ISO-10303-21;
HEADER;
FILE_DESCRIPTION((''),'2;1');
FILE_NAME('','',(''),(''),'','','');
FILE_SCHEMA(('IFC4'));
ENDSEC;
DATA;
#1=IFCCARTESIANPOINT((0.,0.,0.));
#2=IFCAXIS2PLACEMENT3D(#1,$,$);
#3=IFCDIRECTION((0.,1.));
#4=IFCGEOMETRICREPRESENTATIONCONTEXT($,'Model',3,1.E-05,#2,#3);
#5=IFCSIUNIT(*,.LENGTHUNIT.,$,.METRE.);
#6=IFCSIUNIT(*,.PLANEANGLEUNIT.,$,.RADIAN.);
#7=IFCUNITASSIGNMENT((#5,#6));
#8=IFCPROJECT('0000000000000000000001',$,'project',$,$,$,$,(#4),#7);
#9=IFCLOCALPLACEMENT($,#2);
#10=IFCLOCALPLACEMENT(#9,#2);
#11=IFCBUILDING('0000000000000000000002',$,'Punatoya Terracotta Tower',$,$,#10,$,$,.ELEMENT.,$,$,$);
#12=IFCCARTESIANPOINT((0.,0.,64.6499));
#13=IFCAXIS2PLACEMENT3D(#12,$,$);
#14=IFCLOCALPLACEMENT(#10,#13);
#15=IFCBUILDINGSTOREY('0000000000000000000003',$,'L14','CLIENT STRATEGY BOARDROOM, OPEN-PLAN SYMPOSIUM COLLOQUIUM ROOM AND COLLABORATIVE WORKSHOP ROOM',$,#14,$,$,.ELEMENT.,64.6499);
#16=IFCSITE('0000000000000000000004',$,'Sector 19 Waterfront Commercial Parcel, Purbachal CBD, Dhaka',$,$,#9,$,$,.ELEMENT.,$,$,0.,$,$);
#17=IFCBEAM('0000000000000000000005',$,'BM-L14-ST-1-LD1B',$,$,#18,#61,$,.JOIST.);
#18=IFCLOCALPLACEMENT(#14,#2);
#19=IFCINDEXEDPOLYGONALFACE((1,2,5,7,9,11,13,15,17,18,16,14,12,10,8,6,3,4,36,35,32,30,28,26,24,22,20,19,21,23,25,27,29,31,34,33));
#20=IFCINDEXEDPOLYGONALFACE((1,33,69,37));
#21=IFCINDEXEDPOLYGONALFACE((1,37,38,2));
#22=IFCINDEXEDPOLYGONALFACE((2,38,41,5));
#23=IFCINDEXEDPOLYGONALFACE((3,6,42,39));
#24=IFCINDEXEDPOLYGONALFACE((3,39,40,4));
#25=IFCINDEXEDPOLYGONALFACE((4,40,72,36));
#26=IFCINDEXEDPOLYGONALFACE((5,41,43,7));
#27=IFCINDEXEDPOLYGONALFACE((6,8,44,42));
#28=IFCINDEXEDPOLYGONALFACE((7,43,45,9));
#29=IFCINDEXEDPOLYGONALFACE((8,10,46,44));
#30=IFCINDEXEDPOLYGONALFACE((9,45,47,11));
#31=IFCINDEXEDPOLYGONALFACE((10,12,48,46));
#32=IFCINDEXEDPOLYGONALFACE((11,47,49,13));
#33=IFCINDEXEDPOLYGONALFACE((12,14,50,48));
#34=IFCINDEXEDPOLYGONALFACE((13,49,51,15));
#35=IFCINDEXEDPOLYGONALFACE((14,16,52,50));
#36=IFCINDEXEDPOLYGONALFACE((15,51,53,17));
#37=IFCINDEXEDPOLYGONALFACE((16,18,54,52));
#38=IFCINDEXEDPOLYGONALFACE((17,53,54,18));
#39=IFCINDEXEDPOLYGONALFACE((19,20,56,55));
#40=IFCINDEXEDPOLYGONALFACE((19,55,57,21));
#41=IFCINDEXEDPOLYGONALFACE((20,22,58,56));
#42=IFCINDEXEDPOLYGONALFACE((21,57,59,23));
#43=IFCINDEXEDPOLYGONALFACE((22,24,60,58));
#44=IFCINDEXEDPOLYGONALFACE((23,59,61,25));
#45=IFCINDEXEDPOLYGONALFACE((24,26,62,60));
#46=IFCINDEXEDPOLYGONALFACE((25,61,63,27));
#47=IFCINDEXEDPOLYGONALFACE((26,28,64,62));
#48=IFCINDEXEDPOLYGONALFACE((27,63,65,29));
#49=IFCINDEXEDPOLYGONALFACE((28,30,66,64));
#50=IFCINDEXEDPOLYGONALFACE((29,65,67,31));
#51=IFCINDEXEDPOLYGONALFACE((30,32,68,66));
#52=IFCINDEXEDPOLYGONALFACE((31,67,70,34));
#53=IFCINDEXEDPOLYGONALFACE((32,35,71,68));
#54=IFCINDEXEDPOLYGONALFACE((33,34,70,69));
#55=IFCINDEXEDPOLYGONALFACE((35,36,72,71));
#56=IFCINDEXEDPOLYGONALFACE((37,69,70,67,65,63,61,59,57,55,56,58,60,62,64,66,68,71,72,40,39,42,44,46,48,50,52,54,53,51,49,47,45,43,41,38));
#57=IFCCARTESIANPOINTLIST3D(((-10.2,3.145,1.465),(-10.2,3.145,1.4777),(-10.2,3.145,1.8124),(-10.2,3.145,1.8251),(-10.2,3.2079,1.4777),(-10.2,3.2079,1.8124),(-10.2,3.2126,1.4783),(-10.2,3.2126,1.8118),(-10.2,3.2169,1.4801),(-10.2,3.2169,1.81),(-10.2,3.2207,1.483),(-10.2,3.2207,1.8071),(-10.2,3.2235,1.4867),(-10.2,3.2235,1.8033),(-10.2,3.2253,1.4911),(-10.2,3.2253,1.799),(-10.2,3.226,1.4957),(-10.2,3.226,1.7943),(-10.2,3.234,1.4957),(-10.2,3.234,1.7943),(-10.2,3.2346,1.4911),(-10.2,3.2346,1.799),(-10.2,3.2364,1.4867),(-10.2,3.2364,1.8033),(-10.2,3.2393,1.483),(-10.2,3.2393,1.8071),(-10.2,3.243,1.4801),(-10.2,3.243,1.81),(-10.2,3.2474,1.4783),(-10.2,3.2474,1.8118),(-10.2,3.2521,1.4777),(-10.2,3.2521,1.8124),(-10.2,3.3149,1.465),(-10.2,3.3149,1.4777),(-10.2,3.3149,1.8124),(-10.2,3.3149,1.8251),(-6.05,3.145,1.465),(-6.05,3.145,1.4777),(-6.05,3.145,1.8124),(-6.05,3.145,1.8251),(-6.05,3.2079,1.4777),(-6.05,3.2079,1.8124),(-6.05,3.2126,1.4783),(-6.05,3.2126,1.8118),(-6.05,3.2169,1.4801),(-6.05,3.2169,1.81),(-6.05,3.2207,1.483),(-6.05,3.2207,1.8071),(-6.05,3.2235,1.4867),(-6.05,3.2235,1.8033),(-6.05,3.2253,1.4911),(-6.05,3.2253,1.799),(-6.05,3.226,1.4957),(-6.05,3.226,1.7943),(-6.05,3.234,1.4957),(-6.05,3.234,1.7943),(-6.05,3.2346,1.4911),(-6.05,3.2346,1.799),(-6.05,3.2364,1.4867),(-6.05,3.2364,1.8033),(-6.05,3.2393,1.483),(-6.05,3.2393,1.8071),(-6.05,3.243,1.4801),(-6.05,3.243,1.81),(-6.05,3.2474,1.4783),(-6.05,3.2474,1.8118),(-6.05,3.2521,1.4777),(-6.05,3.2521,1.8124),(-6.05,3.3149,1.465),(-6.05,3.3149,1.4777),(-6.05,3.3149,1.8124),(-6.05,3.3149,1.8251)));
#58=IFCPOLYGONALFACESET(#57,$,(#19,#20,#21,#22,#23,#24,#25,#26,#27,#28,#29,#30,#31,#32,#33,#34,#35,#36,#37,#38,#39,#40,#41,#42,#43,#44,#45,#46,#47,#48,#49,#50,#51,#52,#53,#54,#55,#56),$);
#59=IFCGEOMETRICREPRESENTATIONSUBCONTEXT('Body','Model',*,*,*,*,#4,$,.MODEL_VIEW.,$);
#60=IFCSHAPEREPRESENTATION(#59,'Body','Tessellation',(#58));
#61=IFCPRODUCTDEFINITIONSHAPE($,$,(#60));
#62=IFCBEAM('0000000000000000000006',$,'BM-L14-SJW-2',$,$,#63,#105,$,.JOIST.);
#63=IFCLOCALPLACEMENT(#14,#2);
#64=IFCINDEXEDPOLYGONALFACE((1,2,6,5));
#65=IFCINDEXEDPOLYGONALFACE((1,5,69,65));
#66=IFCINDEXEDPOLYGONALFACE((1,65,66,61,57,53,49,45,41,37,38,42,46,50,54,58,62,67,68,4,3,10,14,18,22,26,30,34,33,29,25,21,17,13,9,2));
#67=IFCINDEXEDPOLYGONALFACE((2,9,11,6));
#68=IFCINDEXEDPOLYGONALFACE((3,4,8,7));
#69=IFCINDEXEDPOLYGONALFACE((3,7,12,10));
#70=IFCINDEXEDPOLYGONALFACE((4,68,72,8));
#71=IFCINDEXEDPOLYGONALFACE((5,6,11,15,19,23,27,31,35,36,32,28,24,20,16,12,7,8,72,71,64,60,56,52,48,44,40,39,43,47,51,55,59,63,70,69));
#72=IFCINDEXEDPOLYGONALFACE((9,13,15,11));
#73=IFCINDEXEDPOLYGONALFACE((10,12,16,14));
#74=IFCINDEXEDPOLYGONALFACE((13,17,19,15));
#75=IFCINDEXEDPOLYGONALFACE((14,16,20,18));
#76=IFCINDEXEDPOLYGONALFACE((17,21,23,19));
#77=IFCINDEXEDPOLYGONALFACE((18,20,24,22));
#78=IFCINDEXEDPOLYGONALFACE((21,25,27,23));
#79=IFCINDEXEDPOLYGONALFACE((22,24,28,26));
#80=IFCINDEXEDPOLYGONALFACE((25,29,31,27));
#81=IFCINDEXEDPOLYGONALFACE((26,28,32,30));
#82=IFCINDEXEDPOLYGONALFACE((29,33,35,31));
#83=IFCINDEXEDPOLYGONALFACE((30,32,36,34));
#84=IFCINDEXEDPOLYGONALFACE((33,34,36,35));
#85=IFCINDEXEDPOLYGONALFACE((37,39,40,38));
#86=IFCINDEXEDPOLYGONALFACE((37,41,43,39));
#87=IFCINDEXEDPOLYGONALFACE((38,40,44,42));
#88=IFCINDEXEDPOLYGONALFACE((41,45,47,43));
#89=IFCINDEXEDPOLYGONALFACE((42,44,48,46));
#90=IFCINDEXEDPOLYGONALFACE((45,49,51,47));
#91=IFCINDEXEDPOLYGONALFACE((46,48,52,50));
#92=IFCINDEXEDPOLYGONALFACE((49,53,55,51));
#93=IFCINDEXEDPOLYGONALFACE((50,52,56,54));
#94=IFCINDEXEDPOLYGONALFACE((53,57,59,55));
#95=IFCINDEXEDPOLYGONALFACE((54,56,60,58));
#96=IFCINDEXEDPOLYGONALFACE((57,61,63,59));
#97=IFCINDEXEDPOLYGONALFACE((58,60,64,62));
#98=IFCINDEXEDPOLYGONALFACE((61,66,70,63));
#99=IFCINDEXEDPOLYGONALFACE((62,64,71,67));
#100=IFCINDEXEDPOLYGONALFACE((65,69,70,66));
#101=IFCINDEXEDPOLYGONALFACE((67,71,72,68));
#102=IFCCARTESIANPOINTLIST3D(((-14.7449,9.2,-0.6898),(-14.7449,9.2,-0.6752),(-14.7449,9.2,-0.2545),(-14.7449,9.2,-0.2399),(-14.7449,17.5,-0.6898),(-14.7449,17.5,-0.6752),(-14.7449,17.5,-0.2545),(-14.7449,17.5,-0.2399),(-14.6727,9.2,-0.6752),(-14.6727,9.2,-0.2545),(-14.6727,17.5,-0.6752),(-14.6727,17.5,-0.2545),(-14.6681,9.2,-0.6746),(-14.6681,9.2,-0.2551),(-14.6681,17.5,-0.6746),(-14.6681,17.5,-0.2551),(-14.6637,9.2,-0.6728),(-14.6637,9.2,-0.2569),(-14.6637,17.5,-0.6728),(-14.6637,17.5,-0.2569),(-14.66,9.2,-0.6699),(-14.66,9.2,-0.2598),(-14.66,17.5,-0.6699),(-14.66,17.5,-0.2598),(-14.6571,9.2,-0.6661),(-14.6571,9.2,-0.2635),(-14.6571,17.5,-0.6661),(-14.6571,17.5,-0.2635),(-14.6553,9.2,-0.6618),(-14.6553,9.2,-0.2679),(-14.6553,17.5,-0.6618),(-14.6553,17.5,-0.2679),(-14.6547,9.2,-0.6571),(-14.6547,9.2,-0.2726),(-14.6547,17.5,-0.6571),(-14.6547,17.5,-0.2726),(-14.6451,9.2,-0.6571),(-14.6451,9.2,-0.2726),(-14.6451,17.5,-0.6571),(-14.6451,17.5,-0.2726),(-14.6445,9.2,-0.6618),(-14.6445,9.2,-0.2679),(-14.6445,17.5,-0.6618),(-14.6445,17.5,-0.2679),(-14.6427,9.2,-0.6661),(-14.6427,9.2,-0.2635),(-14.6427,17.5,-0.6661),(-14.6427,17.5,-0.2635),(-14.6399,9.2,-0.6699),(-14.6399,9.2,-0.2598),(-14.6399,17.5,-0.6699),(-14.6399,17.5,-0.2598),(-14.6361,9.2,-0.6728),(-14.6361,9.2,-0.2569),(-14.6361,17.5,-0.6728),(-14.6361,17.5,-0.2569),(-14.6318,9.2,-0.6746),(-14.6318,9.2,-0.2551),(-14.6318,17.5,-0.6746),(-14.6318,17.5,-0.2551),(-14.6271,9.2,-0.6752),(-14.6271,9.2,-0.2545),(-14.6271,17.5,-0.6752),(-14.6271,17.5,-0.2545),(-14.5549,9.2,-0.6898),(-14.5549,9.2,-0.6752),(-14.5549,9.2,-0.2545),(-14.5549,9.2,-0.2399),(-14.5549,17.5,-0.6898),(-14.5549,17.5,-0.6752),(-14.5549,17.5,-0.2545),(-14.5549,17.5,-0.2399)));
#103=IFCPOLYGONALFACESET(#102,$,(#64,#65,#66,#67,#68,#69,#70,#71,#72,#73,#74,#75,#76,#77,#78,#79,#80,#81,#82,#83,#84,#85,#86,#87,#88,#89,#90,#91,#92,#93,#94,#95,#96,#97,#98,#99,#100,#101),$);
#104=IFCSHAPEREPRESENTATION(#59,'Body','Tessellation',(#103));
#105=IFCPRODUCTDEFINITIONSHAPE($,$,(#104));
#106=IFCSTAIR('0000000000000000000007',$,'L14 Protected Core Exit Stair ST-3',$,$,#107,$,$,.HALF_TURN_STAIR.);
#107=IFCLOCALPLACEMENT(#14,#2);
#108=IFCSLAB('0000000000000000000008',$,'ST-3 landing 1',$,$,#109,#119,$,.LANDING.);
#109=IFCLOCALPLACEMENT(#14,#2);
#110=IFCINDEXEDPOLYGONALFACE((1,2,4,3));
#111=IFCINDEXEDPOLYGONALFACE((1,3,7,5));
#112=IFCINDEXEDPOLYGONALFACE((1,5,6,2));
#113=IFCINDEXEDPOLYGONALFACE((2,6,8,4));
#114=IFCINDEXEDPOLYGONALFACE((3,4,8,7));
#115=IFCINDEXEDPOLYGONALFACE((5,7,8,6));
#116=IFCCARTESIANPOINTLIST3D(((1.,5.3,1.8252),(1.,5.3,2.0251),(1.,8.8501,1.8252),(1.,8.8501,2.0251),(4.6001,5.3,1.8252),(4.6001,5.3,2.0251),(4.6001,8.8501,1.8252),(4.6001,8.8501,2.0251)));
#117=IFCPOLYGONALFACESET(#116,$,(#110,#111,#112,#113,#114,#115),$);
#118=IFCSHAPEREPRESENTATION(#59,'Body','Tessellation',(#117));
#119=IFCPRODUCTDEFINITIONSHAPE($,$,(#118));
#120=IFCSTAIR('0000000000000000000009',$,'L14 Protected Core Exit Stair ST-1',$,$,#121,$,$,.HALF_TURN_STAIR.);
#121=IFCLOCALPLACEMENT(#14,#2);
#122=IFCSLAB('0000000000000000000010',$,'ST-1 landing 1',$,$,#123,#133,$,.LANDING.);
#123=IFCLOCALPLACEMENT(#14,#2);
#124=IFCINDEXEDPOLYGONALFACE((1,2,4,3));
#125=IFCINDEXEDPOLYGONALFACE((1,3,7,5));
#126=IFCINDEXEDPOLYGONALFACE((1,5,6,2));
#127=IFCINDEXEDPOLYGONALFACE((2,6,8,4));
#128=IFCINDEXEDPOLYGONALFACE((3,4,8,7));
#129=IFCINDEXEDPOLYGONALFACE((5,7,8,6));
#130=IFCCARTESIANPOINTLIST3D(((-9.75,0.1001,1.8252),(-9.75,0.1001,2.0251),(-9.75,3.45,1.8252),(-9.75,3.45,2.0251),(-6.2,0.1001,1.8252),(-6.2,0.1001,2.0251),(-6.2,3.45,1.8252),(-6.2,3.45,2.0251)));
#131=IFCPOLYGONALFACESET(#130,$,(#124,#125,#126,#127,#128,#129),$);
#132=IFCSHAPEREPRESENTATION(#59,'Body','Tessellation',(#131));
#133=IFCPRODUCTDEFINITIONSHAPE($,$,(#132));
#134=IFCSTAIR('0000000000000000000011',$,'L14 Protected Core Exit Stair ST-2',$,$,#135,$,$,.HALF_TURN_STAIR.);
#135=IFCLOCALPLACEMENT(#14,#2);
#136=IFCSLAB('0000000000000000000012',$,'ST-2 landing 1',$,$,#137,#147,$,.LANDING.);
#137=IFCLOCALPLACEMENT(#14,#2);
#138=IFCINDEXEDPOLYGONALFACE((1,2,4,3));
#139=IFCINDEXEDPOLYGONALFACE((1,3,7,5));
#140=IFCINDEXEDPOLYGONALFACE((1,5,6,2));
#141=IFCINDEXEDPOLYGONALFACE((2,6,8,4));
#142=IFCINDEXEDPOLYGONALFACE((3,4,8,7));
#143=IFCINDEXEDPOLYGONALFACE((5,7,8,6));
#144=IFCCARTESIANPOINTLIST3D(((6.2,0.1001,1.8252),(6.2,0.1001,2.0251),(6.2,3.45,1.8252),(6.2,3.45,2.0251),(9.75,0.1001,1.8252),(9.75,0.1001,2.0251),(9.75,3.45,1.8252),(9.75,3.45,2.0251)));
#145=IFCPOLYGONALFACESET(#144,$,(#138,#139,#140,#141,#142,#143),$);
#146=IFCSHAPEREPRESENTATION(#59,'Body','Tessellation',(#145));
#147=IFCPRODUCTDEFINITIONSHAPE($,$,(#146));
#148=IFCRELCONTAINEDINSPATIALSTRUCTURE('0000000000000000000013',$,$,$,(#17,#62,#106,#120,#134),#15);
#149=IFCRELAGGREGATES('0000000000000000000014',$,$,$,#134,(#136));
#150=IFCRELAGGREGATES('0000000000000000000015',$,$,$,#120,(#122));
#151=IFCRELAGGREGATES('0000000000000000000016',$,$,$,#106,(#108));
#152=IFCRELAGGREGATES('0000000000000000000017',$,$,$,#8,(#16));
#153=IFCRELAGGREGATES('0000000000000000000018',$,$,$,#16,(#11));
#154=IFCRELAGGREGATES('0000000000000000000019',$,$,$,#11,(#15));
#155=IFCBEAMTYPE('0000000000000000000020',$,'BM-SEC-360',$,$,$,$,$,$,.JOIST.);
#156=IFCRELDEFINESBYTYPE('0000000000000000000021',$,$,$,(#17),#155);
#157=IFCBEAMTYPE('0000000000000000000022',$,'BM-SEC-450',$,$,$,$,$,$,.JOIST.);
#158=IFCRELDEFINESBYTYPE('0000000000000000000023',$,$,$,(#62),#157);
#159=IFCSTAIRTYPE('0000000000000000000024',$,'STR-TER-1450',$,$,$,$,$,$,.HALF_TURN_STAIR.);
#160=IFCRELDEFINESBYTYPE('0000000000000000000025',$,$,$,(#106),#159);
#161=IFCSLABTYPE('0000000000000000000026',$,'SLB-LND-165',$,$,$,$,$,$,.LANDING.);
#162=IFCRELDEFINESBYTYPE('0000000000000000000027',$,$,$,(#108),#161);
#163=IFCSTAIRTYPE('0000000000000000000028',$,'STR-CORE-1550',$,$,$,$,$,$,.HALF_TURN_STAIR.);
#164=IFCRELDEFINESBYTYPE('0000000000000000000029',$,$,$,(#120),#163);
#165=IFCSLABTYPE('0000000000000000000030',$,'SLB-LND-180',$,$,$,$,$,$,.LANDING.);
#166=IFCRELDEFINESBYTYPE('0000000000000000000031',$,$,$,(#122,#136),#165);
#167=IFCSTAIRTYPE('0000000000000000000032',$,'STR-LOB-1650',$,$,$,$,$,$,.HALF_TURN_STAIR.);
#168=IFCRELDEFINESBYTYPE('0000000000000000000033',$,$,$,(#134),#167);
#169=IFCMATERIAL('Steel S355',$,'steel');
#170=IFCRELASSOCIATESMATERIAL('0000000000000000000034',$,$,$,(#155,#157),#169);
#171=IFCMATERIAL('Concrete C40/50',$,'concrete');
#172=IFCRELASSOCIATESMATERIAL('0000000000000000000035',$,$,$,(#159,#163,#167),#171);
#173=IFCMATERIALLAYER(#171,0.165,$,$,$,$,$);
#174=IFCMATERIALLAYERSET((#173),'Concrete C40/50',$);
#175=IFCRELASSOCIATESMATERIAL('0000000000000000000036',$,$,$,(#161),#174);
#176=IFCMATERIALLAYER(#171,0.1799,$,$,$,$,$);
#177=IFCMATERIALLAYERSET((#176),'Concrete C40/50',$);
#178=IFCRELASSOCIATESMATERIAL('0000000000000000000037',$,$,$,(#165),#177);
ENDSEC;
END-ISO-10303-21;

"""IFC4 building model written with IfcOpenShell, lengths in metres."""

from ifc_helpers import new_model, si_unit, direction, frame, origin, origin_2d, place, context, subcontext, project, spatial, polyline, i_section, outline, extrude, material, layer, layer_set, material_profile, profile_set, type_object, element, aggregate, save


model = new_model("IFC4")

# Units and contexts
model_context = context("Model", 3, precision=1e-05, world=origin(), true_north=direction((0.0, 1.0)))
body_context = subcontext(model_context, "Body", "Model", "MODEL_VIEW")
ifc_project = project(units=[si_unit("LENGTHUNIT", "METRE"), si_unit("PLANEANGLEUNIT", "RADIAN")], contexts=[model_context])

# Site, building, storey
site_placement = place(None, origin())
site = spatial("IfcSite", under=ifc_project, at=site_placement, Name="Sector 19 Waterfront Commercial Parcel, Purbachal CBD, Dhaka", CompositionType="ELEMENT", RefElevation=0.0)
building_placement = place(site_placement, origin())
building = spatial("IfcBuilding", under=site, at=building_placement, Name="Punatoya Terracotta Tower", CompositionType="ELEMENT")
storey_placement = place(building_placement, frame((0.0, 0.0, 64.6499)))
storey = spatial("IfcBuildingStorey", under=building, at=storey_placement, Name="L14", Description="CLIENT STRATEGY BOARDROOM, OPEN-PLAN SYMPOSIUM COLLOQUIUM ROOM AND COLLABORATIVE WORKSHOP ROOM", CompositionType="ELEMENT", Elevation=64.6499)

# Beams
ifc_material_1 = material(Name="Steel S355", Category="steel")
ifc_material_profile_1 = material_profile(ifc_material_1, i_section(OverallWidth=0.1699, OverallDepth=0.3601, WebThickness=0.0081, FlangeThickness=0.0127, FilletRadius=0.0181, at=origin_2d()))
ifc_profile_set_1 = profile_set([ifc_material_profile_1], Name="Steel S355")
beam_type_1 = type_object("IfcBeamType", Name="BM-SEC-360", PredefinedType="JOIST", material=ifc_profile_set_1)
for number, where, z_axis, x_axis, name in (
    (1, (-10.2, 3.23, 1.645), (1.0, 0.0, 0.0), (0.0, 1.0, 0.0), "BM-L14-ST-1-LD1B"),
):
    element("IfcBeam", number, at=place(storey_placement, frame(where, z_axis=z_axis, x_axis=x_axis)), inside=storey, type_object=beam_type_1, Name=name, PredefinedType="JOIST", context=body_context, shape_type="SweptSolid", body=[
        extrude(i_section(OverallWidth=0.1699, OverallDepth=0.3601, WebThickness=0.0081, FlangeThickness=0.0127, FilletRadius=0.0181, at=origin_2d()), origin(), (0.0, 0.0, 1.0), 4.1499),
    ])
ifc_material_profile_2 = material_profile(ifc_material_1, i_section(OverallWidth=0.1899, OverallDepth=0.45, WebThickness=0.0095, FlangeThickness=0.0146, FilletRadius=0.0181, at=origin_2d()))
ifc_profile_set_2 = profile_set([ifc_material_profile_2], Name="Steel S355")
beam_type_2 = type_object("IfcBeamType", Name="BM-SEC-450", PredefinedType="JOIST", material=ifc_profile_set_2)
beam_1_placement = place(storey_placement, frame((-14.6499, 9.2, -0.4648), z_axis=(0.0, 1.0, 0.0), x_axis=(-1.0, 0.0, 0.0)))
element("IfcBeam", 2, at=beam_1_placement, inside=storey, type_object=beam_type_2, Name="BM-L14-SJW-2", PredefinedType="JOIST", context=body_context, shape_type="SweptSolid", body=[
    extrude(i_section(OverallWidth=0.1899, OverallDepth=0.45, WebThickness=0.0095, FlangeThickness=0.0146, FilletRadius=0.0181, at=origin_2d()), origin(), (0.0, 0.0, 1.0), 8.3),
])

# Stairs, slabs
ifc_material_2 = material(Name="Concrete C40/50", Category="concrete")
stair_type_1 = type_object("IfcStairType", Name="STR-TER-1450", PredefinedType="HALF_TURN_STAIR", material=ifc_material_2)
stair_1_placement = place(storey_placement, origin())
stair_1 = element("IfcStair", 3, at=stair_1_placement, inside=storey, type_object=stair_type_1, Name="L14 Protected Core Exit Stair ST-3", PredefinedType="HALF_TURN_STAIR")
ifc_layer_1 = layer(ifc_material_2, 0.165)
ifc_layer_set_1 = layer_set([ifc_layer_1], Name="Concrete C40/50")
slab_type_1 = type_object("IfcSlabType", Name="SLB-LND-165", PredefinedType="LANDING", material=ifc_layer_set_1)
slab_1_placement = place(storey_placement, frame((0.0, 0.0, 1.8252)))
slab_1 = element("IfcSlab", 4, at=slab_1_placement, type_object=slab_type_1, Name="ST-3 landing 1", PredefinedType="LANDING", context=body_context, shape_type="SweptSolid", body=[
    extrude(outline(polyline([(1.0, 5.3), (4.6001, 5.3), (4.6001, 8.8501), (1.0, 8.8501), (1.0, 5.3)])), origin(), (0.0, 0.0, 1.0), 0.2),
])
stair_type_2 = type_object("IfcStairType", Name="STR-CORE-1550", PredefinedType="HALF_TURN_STAIR", material=ifc_material_2)
stair_2_placement = place(storey_placement, origin())
stair_2 = element("IfcStair", 5, at=stair_2_placement, inside=storey, type_object=stair_type_2, Name="L14 Protected Core Exit Stair ST-1", PredefinedType="HALF_TURN_STAIR")
ifc_layer_2 = layer(ifc_material_2, 0.1799)
ifc_layer_set_2 = layer_set([ifc_layer_2], Name="Concrete C40/50")
slab_type_2 = type_object("IfcSlabType", Name="SLB-LND-180", PredefinedType="LANDING", material=ifc_layer_set_2)
slab_2_placement = place(storey_placement, frame((0.0, 0.0, 1.8252)))
slab_2 = element("IfcSlab", 6, at=slab_2_placement, type_object=slab_type_2, Name="ST-1 landing 1", PredefinedType="LANDING", context=body_context, shape_type="SweptSolid", body=[
    extrude(outline(polyline([(-6.2, 0.1001), (-6.2, 3.45), (-9.75, 3.45), (-9.75, 0.1001), (-6.2, 0.1001)])), origin(), (0.0, 0.0, 1.0), 0.2),
])
stair_type_3 = type_object("IfcStairType", Name="STR-LOB-1650", PredefinedType="HALF_TURN_STAIR", material=ifc_material_2)
stair_3_placement = place(storey_placement, origin())
stair_3 = element("IfcStair", 7, at=stair_3_placement, inside=storey, type_object=stair_type_3, Name="L14 Protected Core Exit Stair ST-2", PredefinedType="HALF_TURN_STAIR")
slab_3_placement = place(storey_placement, frame((0.0, 0.0, 1.8252)))
slab_3 = element("IfcSlab", 8, at=slab_3_placement, type_object=slab_type_2, Name="ST-2 landing 1", PredefinedType="LANDING", context=body_context, shape_type="SweptSolid", body=[
    extrude(outline(polyline([(9.75, 0.1001), (9.75, 3.45), (6.2, 3.45), (6.2, 0.1001), (9.75, 0.1001)])), origin(), (0.0, 0.0, 1.0), 0.2),
])
aggregate(stair_3, [slab_3])

aggregate(stair_2, [slab_2])
aggregate(stair_1, [slab_1])

save(model, "model.ifc")
